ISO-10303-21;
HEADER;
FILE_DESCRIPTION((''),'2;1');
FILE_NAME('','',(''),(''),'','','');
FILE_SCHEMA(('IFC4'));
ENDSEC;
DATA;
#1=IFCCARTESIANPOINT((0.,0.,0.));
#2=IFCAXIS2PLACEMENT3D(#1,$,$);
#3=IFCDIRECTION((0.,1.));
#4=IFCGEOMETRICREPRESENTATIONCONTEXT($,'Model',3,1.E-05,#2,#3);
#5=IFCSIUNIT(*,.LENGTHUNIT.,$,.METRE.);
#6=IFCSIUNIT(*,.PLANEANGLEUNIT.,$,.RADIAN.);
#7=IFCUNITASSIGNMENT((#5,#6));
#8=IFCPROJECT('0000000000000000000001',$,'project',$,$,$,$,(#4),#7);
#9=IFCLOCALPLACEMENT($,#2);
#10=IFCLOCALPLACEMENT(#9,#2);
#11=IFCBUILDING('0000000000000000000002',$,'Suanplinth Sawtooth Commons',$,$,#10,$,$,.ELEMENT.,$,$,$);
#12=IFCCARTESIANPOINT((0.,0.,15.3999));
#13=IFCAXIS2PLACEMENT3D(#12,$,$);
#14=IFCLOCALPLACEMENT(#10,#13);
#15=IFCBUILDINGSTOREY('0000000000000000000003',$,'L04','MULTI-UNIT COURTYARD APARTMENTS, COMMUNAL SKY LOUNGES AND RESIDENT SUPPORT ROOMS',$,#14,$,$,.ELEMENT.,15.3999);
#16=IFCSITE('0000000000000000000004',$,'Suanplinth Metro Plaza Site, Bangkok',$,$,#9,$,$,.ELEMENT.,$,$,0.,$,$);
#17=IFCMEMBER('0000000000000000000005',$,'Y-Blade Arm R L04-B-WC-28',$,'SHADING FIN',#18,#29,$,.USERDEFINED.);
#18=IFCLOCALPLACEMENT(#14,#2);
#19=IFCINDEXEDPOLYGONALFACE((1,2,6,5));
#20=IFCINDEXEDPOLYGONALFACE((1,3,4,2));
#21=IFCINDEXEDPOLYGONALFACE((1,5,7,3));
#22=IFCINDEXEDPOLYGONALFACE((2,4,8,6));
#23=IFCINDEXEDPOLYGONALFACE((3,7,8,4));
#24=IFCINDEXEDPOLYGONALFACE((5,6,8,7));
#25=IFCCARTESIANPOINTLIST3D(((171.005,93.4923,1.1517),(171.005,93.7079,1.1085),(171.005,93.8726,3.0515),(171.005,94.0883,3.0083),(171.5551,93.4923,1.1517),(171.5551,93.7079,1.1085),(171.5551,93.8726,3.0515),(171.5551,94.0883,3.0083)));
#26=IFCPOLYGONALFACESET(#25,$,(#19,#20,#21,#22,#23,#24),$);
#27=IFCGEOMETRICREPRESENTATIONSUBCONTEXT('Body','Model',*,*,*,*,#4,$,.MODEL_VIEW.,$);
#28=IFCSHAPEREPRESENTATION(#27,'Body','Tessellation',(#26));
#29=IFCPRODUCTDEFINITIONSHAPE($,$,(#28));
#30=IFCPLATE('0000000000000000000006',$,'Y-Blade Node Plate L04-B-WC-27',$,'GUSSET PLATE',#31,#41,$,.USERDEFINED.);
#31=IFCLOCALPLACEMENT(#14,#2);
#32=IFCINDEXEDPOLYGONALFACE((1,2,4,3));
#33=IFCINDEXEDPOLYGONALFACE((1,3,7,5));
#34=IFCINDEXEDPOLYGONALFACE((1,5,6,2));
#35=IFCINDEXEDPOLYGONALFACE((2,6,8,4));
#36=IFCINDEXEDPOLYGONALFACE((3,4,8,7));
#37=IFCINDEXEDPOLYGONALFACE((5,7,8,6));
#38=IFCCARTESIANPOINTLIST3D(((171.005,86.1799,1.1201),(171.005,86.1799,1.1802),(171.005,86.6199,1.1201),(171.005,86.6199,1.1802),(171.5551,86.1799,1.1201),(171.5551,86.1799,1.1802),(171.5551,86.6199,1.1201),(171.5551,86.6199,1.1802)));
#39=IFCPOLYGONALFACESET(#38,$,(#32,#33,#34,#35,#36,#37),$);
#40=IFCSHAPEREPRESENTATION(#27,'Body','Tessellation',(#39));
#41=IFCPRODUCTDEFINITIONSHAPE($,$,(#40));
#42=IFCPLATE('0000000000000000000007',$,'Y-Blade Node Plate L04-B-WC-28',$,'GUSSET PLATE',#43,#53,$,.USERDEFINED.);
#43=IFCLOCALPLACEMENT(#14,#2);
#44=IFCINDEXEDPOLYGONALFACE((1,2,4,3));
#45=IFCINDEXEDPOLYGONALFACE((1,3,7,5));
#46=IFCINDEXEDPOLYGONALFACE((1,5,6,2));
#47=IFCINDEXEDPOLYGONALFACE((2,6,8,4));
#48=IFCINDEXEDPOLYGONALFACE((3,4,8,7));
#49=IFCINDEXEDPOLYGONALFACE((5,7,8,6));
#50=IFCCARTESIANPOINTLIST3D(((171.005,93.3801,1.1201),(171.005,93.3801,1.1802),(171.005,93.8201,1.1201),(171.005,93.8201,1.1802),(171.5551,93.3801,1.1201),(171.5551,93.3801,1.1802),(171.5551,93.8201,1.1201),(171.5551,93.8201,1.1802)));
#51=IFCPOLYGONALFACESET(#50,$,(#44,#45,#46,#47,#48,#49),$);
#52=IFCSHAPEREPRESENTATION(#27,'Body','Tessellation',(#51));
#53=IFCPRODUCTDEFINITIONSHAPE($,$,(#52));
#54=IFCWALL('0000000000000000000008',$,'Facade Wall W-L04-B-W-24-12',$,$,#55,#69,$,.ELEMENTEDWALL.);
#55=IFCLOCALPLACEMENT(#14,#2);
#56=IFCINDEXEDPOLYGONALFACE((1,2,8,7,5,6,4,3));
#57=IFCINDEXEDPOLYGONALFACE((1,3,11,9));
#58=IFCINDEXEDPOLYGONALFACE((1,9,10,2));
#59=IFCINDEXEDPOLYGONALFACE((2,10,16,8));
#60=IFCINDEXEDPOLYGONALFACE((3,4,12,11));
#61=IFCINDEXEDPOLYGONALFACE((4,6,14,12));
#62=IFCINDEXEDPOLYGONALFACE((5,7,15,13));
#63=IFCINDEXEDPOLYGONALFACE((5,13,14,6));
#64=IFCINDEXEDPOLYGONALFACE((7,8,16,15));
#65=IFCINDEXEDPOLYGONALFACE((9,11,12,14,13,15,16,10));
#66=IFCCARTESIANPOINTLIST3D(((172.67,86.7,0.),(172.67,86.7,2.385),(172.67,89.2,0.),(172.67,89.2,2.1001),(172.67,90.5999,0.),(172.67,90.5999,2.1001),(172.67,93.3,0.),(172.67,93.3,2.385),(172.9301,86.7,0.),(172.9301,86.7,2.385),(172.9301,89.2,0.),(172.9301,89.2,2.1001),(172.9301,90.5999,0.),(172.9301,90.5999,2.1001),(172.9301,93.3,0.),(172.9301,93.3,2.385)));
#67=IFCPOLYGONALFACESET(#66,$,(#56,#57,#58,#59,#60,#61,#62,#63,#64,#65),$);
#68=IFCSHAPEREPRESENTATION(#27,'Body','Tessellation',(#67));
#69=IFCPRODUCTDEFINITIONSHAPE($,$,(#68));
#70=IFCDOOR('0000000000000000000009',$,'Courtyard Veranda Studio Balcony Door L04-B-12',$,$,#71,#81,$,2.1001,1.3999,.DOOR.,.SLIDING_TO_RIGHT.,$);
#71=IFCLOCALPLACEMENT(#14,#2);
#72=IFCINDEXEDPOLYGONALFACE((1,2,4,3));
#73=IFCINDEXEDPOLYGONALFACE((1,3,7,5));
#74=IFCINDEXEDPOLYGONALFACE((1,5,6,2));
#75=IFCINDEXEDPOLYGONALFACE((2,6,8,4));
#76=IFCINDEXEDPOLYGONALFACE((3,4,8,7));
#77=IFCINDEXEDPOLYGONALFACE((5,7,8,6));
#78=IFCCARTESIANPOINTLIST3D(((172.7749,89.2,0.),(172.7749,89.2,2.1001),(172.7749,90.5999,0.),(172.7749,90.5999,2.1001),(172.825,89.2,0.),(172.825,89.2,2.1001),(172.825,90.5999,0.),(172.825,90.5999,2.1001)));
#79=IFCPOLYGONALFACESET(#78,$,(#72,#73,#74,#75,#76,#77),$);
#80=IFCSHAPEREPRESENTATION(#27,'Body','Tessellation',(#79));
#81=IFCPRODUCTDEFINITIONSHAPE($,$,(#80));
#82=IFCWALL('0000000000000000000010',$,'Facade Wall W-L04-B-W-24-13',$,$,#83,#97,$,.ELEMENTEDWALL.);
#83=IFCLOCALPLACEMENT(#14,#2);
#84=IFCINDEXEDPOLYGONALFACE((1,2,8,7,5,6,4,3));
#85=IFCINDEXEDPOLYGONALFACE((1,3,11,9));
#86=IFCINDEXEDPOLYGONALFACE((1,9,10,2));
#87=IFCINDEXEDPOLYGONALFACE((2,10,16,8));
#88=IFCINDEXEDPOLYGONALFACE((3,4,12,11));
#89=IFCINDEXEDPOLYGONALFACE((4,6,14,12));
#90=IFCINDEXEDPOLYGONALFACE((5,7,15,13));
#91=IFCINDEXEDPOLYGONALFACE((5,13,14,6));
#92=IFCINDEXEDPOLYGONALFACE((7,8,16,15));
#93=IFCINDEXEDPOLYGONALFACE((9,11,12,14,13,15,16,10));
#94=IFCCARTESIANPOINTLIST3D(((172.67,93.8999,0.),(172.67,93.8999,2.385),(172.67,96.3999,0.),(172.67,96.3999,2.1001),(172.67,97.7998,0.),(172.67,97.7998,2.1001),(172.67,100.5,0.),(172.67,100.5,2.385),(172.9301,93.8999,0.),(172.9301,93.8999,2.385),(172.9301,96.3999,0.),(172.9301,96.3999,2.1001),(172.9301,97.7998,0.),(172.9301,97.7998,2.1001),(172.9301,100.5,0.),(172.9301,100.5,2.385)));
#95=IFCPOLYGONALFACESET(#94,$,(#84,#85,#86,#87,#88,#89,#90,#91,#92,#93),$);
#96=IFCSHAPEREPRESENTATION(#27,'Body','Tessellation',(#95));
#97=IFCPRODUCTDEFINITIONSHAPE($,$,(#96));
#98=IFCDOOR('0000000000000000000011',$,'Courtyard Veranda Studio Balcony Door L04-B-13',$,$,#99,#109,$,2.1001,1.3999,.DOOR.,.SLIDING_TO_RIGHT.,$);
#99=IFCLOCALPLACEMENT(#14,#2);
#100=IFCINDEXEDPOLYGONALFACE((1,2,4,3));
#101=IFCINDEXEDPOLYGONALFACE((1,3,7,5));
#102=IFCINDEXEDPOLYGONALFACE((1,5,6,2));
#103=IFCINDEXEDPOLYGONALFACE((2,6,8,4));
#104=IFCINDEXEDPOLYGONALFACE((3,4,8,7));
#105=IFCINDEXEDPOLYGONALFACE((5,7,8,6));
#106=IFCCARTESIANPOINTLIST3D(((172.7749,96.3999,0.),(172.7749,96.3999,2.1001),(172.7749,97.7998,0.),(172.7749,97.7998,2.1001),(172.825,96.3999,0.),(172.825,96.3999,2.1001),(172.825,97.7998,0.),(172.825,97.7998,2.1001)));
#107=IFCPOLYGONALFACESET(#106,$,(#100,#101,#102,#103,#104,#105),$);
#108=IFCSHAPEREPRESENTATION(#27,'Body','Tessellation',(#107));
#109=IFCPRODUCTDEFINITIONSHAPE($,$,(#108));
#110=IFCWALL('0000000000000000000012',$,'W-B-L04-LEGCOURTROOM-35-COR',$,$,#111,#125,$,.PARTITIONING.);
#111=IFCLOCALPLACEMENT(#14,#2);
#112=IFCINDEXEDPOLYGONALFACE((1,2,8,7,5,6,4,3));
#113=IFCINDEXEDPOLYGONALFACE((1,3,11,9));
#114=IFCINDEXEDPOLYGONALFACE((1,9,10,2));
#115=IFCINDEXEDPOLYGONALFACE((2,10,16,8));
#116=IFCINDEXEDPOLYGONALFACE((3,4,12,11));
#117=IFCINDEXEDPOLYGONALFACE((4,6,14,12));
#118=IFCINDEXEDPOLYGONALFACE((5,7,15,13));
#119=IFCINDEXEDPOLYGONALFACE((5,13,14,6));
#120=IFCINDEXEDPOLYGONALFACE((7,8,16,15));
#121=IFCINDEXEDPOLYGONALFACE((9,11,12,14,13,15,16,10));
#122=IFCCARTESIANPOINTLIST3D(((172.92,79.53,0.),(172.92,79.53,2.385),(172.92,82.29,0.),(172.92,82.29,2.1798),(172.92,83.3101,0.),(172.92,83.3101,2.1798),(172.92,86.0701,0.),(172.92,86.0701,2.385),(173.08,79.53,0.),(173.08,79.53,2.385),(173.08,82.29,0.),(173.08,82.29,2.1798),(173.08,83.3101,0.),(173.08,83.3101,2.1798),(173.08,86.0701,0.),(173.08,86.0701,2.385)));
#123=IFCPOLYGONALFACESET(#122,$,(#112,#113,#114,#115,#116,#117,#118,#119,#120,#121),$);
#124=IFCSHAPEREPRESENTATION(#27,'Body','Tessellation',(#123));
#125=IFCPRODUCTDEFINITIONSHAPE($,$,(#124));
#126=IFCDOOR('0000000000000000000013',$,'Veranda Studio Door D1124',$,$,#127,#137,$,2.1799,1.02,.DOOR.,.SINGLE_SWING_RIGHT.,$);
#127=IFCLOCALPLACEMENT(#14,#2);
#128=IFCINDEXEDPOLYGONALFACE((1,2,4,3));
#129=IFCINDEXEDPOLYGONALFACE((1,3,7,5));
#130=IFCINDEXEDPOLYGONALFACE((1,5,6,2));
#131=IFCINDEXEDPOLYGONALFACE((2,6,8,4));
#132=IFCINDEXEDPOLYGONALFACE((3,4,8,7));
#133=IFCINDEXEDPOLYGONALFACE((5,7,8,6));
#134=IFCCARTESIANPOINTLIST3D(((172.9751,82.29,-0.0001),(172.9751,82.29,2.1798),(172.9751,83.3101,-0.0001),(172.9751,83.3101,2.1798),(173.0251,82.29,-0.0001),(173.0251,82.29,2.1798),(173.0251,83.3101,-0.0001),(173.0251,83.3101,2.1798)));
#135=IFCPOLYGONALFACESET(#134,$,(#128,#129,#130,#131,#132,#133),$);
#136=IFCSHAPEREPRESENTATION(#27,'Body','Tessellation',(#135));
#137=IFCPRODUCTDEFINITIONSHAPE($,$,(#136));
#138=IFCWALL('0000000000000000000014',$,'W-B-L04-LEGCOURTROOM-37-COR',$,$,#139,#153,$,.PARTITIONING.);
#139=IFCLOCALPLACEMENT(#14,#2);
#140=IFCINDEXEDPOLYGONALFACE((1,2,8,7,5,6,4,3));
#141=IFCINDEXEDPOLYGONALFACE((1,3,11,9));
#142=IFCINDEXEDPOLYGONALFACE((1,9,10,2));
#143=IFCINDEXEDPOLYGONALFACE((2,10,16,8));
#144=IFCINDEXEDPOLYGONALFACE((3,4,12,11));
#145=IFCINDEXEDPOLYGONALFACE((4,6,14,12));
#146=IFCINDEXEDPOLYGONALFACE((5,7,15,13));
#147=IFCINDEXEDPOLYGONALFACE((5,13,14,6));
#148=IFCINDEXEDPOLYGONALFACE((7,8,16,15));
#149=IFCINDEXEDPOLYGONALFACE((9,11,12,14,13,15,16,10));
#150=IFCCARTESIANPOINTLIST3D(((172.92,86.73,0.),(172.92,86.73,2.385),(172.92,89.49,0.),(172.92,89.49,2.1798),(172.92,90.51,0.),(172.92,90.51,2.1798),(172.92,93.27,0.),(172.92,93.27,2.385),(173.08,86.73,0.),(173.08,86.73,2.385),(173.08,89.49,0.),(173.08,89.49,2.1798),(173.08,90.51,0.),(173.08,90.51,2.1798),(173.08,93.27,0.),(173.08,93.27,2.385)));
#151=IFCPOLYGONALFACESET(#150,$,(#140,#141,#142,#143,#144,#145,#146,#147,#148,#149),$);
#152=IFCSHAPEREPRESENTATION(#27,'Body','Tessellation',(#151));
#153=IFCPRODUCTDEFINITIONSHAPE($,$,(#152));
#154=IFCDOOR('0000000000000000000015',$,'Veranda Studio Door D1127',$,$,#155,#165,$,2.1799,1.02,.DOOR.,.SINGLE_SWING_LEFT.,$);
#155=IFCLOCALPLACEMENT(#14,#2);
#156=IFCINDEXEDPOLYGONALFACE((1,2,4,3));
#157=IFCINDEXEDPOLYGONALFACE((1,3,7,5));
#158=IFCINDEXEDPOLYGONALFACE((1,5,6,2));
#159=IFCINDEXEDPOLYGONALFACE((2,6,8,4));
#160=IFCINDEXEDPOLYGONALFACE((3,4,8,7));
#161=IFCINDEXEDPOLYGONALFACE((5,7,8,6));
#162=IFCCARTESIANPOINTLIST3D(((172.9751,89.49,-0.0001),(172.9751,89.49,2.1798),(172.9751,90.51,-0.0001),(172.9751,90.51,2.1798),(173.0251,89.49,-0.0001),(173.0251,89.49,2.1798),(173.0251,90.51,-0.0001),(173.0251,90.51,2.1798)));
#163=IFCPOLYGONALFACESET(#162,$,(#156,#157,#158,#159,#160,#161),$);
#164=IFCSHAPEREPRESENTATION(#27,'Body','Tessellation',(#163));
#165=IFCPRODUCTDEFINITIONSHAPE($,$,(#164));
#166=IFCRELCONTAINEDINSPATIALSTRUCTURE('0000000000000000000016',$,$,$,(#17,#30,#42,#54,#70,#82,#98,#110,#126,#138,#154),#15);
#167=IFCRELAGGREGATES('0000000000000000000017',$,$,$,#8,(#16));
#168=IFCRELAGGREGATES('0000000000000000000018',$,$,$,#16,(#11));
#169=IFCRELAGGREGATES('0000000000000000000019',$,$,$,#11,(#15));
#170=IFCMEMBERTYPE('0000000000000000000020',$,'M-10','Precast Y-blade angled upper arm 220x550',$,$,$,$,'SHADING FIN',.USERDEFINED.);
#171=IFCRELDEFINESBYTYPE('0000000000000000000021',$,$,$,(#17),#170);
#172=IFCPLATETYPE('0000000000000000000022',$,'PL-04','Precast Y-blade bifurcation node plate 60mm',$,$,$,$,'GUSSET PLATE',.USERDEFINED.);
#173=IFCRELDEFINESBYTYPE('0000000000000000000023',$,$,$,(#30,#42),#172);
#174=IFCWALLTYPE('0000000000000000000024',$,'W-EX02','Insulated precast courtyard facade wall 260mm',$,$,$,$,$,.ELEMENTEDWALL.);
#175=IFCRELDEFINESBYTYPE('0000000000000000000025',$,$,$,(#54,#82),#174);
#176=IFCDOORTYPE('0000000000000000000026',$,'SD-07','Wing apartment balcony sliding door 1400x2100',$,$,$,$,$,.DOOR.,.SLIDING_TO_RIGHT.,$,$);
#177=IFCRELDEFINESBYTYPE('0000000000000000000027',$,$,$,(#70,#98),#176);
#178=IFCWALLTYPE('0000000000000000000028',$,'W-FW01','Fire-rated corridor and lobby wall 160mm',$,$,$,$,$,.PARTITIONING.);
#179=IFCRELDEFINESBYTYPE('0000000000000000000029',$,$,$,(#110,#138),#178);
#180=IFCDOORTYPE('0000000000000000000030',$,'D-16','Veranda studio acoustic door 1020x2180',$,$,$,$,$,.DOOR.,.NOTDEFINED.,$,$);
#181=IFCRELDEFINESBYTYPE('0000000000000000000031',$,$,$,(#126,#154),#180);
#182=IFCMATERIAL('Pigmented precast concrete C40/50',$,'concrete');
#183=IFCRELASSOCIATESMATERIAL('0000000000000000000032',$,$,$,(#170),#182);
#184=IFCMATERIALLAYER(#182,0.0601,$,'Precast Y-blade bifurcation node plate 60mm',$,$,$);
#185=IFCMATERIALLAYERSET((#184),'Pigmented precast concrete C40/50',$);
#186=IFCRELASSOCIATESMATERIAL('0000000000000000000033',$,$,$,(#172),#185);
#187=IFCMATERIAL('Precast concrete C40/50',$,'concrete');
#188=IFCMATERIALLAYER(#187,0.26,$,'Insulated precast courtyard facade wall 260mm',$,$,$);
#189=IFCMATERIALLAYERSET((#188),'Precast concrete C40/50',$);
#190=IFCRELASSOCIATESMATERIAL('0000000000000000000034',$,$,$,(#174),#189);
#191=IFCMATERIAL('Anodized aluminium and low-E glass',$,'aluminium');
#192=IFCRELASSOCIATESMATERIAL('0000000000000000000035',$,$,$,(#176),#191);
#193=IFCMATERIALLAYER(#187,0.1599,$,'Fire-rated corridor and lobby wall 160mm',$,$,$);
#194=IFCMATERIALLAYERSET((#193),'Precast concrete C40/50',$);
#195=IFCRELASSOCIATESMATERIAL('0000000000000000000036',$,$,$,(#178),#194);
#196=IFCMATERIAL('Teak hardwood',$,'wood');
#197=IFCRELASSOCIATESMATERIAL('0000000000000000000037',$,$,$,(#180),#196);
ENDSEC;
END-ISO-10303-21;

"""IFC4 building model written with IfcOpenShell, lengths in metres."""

from ifc_helpers import new_model, si_unit, direction, frame, frame_2d, origin, origin_2d, place, context, subcontext, project, spatial, rectangle, extrude, material, layer, layer_set, material_profile, profile_set, type_object, element, fill, save


model = new_model("IFC4")

# Units and contexts
model_context = context("Model", 3, precision=1e-05, world=origin(), true_north=direction((0.0, 1.0)))
body_context = subcontext(model_context, "Body", "Model", "MODEL_VIEW")
ifc_project = project(units=[si_unit("LENGTHUNIT", "METRE"), si_unit("PLANEANGLEUNIT", "RADIAN")], contexts=[model_context])

# Site, building, storey
site_placement = place(None, origin())
site = spatial("IfcSite", under=ifc_project, at=site_placement, Name="Suanplinth Metro Plaza Site, Bangkok", CompositionType="ELEMENT", RefElevation=0.0)
building_placement = place(site_placement, origin())
building = spatial("IfcBuilding", under=site, at=building_placement, Name="Suanplinth Sawtooth Commons", CompositionType="ELEMENT")
storey_placement = place(building_placement, frame((0.0, 0.0, 15.3999)))
storey = spatial("IfcBuildingStorey", under=building, at=storey_placement, Name="L04", Description="MULTI-UNIT COURTYARD APARTMENTS, COMMUNAL SKY LOUNGES AND RESIDENT SUPPORT ROOMS", CompositionType="ELEMENT", Elevation=15.3999)

# Shared definitions
ifc_material_1 = material(Name="Precast concrete C40/50", Category="concrete")

# Member
ifc_material_2 = material(Name="Pigmented precast concrete C40/50", Category="concrete")
ifc_material_profile_1 = material_profile(ifc_material_2, rectangle(XDim=0.22, YDim=0.55, at=origin_2d()), Name="PC-FIN 220x550")
ifc_profile_set_1 = profile_set([ifc_material_profile_1], Name="Pigmented precast concrete C40/50")
member_type_1 = type_object("IfcMemberType", Name="M-10", Description="Precast Y-blade angled upper arm 220x550", ElementType="SHADING FIN", PredefinedType="USERDEFINED", material=ifc_profile_set_1)
member_1_placement = place(storey_placement, frame((171.28, 93.6001, 1.1301), z_axis=(0.0, 0.19631, 0.980542), x_axis=(0.0, -0.980542, 0.19631)))
element("IfcMember", 1, at=member_1_placement, inside=storey, type_object=member_type_1, Name="Y-Blade Arm R L04-B-WC-28", ObjectType="SHADING FIN", PredefinedType="USERDEFINED", context=body_context, shape_type="SweptSolid", body=[
    extrude(rectangle(XDim=0.22, YDim=0.55, at=origin_2d()), origin(), (0.0, 0.0, 1.0), 1.9375),
])

# Plates
ifc_layer_1 = layer(ifc_material_2, 0.0601, Name="Precast Y-blade bifurcation node plate 60mm")
ifc_layer_set_1 = layer_set([ifc_layer_1], Name="Pigmented precast concrete C40/50")
plate_type = type_object("IfcPlateType", Name="PL-04", Description="Precast Y-blade bifurcation node plate 60mm", ElementType="GUSSET PLATE", PredefinedType="USERDEFINED", material=ifc_layer_set_1)
for number, where, z_axis, x_axis, name in (
    (2, (171.28, 86.3999, 1.1201), (0.0, 0.0, 1.0), (0.0, 1.0, 0.0), "Y-Blade Node Plate L04-B-WC-27"),
    (3, (171.28, 93.6001, 1.1201), (0.0, 0.0, 1.0), (0.0, 1.0, 0.0), "Y-Blade Node Plate L04-B-WC-28"),
):
    element("IfcPlate", number, at=place(storey_placement, frame(where, z_axis=z_axis, x_axis=x_axis)), inside=storey, type_object=plate_type, Name=name, ObjectType="GUSSET PLATE", PredefinedType="USERDEFINED", context=body_context, shape_type="SweptSolid", body=[
        extrude(rectangle(XDim=0.4399, YDim=0.55, at=origin_2d()), origin(), (0.0, 0.0, 1.0), 0.0601),
    ])

# Walls, openings, doors
ifc_layer_2 = layer(ifc_material_1, 0.26, Name="Insulated precast courtyard facade wall 260mm")
ifc_layer_set_2 = layer_set([ifc_layer_2], Name="Precast concrete C40/50")
wall_type_1 = type_object("IfcWallType", Name="W-EX02", Description="Insulated precast courtyard facade wall 260mm", PredefinedType="ELEMENTEDWALL", material=ifc_layer_set_2)
wall_1_placement = place(storey_placement, frame((172.8, 86.7, 0.0), z_axis=(0.0, 0.0, 1.0), x_axis=(0.0, 1.0, 0.0)))
wall_1 = element("IfcWall", 4, at=wall_1_placement, inside=storey, type_object=wall_type_1, Name="Facade Wall W-L04-B-W-24-12", PredefinedType="ELEMENTEDWALL", context=body_context, shape_type="SweptSolid", body=[
    extrude(rectangle(XDim=6.6001, YDim=0.26, at=frame_2d((3.3, 0.0))), origin(), (0.0, 0.0, 1.0), 2.385),
])
opening_1_placement = place(wall_1_placement, frame((2.5, 0.0, 0.0)))
opening_1 = element("IfcOpeningElement", 5, at=opening_1_placement, cuts=wall_1, PredefinedType="OPENING", context=body_context, shape_type="SweptSolid", body=[
    extrude(rectangle(XDim=1.3999, YDim=2.1001, at=frame_2d((0.7, 1.05))), frame((0.0, 0.145, 0.0), z_axis=(0.0, -1.0, 0.0), x_axis=(1.0, 0.0, 0.0)), (0.0, 0.0, 1.0), 0.2898),
])
ifc_material_3 = material(Name="Anodized aluminium and low-E glass", Category="aluminium")
door_type_1 = type_object("IfcDoorType", Name="SD-07", Description="Wing apartment balcony sliding door 1400x2100", OperationType="SLIDING_TO_RIGHT", PredefinedType="DOOR", material=ifc_material_3)
door_1_placement = place(opening_1_placement, frame((1.3999, 0.0, 0.0), z_axis=(0.0, 0.0, 1.0), x_axis=(-1.0, 0.0, 0.0)))
door_1 = element("IfcDoor", 6, at=door_1_placement, inside=storey, type_object=door_type_1, Name="Courtyard Veranda Studio Balcony Door L04-B-12", OperationType="SLIDING_TO_RIGHT", OverallHeight=2.1001, OverallWidth=1.3999, PredefinedType="DOOR", context=body_context, shape_type="SweptSolid", body=[
    extrude(rectangle(XDim=1.3999, YDim=2.1001, at=frame_2d((0.7, 1.05))), frame((0.0, 0.0249, 0.0), z_axis=(0.0, -1.0, 0.0), x_axis=(1.0, 0.0, 0.0)), (0.0, 0.0, 1.0), 0.05),
])
fill(opening_1, door_1)
wall_2_placement = place(storey_placement, frame((172.8, 93.8999, 0.0), z_axis=(0.0, 0.0, 1.0), x_axis=(0.0, 1.0, 0.0)))
wall_2 = element("IfcWall", 7, at=wall_2_placement, inside=storey, type_object=wall_type_1, Name="Facade Wall W-L04-B-W-24-13", PredefinedType="ELEMENTEDWALL", context=body_context, shape_type="SweptSolid", body=[
    extrude(rectangle(XDim=6.6001, YDim=0.26, at=frame_2d((3.3, 0.0))), origin(), (0.0, 0.0, 1.0), 2.385),
])
opening_2_placement = place(wall_2_placement, frame((2.5, 0.0, 0.0)))
opening_2 = element("IfcOpeningElement", 8, at=opening_2_placement, cuts=wall_2, PredefinedType="OPENING", context=body_context, shape_type="SweptSolid", body=[
    extrude(rectangle(XDim=1.3999, YDim=2.1001, at=frame_2d((0.7, 1.05))), frame((0.0, 0.145, 0.0), z_axis=(0.0, -1.0, 0.0), x_axis=(1.0, 0.0, 0.0)), (0.0, 0.0, 1.0), 0.2898),
])
door_2_placement = place(opening_2_placement, frame((1.3999, 0.0, 0.0), z_axis=(0.0, 0.0, 1.0), x_axis=(-1.0, 0.0, 0.0)))
door_2 = element("IfcDoor", 9, at=door_2_placement, inside=storey, type_object=door_type_1, Name="Courtyard Veranda Studio Balcony Door L04-B-13", OperationType="SLIDING_TO_RIGHT", OverallHeight=2.1001, OverallWidth=1.3999, PredefinedType="DOOR", context=body_context, shape_type="SweptSolid", body=[
    extrude(rectangle(XDim=1.3999, YDim=2.1001, at=frame_2d((0.7, 1.05))), frame((0.0, 0.0249, 0.0), z_axis=(0.0, -1.0, 0.0), x_axis=(1.0, 0.0, 0.0)), (0.0, 0.0, 1.0), 0.05),
])
fill(opening_2, door_2)
ifc_layer_3 = layer(ifc_material_1, 0.1599, Name="Fire-rated corridor and lobby wall 160mm")
ifc_layer_set_3 = layer_set([ifc_layer_3], Name="Precast concrete C40/50")
wall_type_2 = type_object("IfcWallType", Name="W-FW01", Description="Fire-rated corridor and lobby wall 160mm", PredefinedType="PARTITIONING", material=ifc_layer_set_3)
wall_3_placement = place(storey_placement, frame((173.0, 79.53, 0.0), z_axis=(0.0, 0.0, 1.0), x_axis=(0.0, 1.0, 0.0)))
wall_3 = element("IfcWall", 10, at=wall_3_placement, inside=storey, type_object=wall_type_2, Name="W-B-L04-LEGCOURTROOM-35-COR", PredefinedType="PARTITIONING", context=body_context, shape_type="SweptSolid", body=[
    extrude(rectangle(XDim=6.54, YDim=0.1599, at=frame_2d((3.27, 0.0))), origin(), (0.0, 0.0, 1.0), 2.385),
])
opening_3_placement = place(wall_3_placement, frame((2.76, 0.0, 0.0)))
opening_3 = element("IfcOpeningElement", 11, at=opening_3_placement, cuts=wall_3, PredefinedType="OPENING", context=body_context, shape_type="SweptSolid", body=[
    extrude(rectangle(XDim=1.02, YDim=2.1799, at=frame_2d((0.51, 1.0898))), frame((0.0, 0.0947, 0.0), z_axis=(0.0, -1.0, 0.0), x_axis=(1.0, 0.0, 0.0)), (0.0, 0.0, 1.0), 0.1897),
])
ifc_material_4 = material(Name="Teak hardwood", Category="wood")
door_type_2 = type_object("IfcDoorType", Name="D-16", Description="Veranda studio acoustic door 1020x2180", OperationType="NOTDEFINED", PredefinedType="DOOR", material=ifc_material_4)
door_3_placement = place(opening_3_placement, origin())
door_3 = element("IfcDoor", 12, at=door_3_placement, inside=storey, type_object=door_type_2, Name="Veranda Studio Door D1124", OperationType="SINGLE_SWING_RIGHT", OverallHeight=2.1799, OverallWidth=1.02, PredefinedType="DOOR", context=body_context, shape_type="SweptSolid", body=[
    extrude(rectangle(XDim=1.02, YDim=2.1799, at=frame_2d((0.51, 1.0898))), frame((0.0, 0.0249, 0.0), z_axis=(0.0, -1.0, 0.0), x_axis=(1.0, 0.0, 0.0)), (0.0, 0.0, 1.0), 0.05),
])
fill(opening_3, door_3)
wall_4_placement = place(storey_placement, frame((173.0, 86.73, 0.0), z_axis=(0.0, 0.0, 1.0), x_axis=(0.0, 1.0, 0.0)))
wall_4 = element("IfcWall", 13, at=wall_4_placement, inside=storey, type_object=wall_type_2, Name="W-B-L04-LEGCOURTROOM-37-COR", PredefinedType="PARTITIONING", context=body_context, shape_type="SweptSolid", body=[
    extrude(rectangle(XDim=6.54, YDim=0.1599, at=frame_2d((3.27, 0.0))), origin(), (0.0, 0.0, 1.0), 2.385),
])
opening_4_placement = place(wall_4_placement, frame((2.76, 0.0, 0.0)))
opening_4 = element("IfcOpeningElement", 14, at=opening_4_placement, cuts=wall_4, PredefinedType="OPENING", context=body_context, shape_type="SweptSolid", body=[
    extrude(rectangle(XDim=1.02, YDim=2.1799, at=frame_2d((0.51, 1.0898))), frame((0.0, 0.0947, 0.0), z_axis=(0.0, -1.0, 0.0), x_axis=(1.0, 0.0, 0.0)), (0.0, 0.0, 1.0), 0.1897),
])
door_4_placement = place(opening_4_placement, origin())
door_4 = element("IfcDoor", 15, at=door_4_placement, inside=storey, type_object=door_type_2, Name="Veranda Studio Door D1127", OperationType="SINGLE_SWING_LEFT", OverallHeight=2.1799, OverallWidth=1.02, PredefinedType="DOOR", context=body_context, shape_type="SweptSolid", body=[
    extrude(rectangle(XDim=1.02, YDim=2.1799, at=frame_2d((0.51, 1.0898))), frame((0.0, 0.0249, 0.0), z_axis=(0.0, -1.0, 0.0), x_axis=(1.0, 0.0, 0.0)), (0.0, 0.0, 1.0), 0.05),
])
fill(opening_4, door_4)

save(model, "model.ifc")
